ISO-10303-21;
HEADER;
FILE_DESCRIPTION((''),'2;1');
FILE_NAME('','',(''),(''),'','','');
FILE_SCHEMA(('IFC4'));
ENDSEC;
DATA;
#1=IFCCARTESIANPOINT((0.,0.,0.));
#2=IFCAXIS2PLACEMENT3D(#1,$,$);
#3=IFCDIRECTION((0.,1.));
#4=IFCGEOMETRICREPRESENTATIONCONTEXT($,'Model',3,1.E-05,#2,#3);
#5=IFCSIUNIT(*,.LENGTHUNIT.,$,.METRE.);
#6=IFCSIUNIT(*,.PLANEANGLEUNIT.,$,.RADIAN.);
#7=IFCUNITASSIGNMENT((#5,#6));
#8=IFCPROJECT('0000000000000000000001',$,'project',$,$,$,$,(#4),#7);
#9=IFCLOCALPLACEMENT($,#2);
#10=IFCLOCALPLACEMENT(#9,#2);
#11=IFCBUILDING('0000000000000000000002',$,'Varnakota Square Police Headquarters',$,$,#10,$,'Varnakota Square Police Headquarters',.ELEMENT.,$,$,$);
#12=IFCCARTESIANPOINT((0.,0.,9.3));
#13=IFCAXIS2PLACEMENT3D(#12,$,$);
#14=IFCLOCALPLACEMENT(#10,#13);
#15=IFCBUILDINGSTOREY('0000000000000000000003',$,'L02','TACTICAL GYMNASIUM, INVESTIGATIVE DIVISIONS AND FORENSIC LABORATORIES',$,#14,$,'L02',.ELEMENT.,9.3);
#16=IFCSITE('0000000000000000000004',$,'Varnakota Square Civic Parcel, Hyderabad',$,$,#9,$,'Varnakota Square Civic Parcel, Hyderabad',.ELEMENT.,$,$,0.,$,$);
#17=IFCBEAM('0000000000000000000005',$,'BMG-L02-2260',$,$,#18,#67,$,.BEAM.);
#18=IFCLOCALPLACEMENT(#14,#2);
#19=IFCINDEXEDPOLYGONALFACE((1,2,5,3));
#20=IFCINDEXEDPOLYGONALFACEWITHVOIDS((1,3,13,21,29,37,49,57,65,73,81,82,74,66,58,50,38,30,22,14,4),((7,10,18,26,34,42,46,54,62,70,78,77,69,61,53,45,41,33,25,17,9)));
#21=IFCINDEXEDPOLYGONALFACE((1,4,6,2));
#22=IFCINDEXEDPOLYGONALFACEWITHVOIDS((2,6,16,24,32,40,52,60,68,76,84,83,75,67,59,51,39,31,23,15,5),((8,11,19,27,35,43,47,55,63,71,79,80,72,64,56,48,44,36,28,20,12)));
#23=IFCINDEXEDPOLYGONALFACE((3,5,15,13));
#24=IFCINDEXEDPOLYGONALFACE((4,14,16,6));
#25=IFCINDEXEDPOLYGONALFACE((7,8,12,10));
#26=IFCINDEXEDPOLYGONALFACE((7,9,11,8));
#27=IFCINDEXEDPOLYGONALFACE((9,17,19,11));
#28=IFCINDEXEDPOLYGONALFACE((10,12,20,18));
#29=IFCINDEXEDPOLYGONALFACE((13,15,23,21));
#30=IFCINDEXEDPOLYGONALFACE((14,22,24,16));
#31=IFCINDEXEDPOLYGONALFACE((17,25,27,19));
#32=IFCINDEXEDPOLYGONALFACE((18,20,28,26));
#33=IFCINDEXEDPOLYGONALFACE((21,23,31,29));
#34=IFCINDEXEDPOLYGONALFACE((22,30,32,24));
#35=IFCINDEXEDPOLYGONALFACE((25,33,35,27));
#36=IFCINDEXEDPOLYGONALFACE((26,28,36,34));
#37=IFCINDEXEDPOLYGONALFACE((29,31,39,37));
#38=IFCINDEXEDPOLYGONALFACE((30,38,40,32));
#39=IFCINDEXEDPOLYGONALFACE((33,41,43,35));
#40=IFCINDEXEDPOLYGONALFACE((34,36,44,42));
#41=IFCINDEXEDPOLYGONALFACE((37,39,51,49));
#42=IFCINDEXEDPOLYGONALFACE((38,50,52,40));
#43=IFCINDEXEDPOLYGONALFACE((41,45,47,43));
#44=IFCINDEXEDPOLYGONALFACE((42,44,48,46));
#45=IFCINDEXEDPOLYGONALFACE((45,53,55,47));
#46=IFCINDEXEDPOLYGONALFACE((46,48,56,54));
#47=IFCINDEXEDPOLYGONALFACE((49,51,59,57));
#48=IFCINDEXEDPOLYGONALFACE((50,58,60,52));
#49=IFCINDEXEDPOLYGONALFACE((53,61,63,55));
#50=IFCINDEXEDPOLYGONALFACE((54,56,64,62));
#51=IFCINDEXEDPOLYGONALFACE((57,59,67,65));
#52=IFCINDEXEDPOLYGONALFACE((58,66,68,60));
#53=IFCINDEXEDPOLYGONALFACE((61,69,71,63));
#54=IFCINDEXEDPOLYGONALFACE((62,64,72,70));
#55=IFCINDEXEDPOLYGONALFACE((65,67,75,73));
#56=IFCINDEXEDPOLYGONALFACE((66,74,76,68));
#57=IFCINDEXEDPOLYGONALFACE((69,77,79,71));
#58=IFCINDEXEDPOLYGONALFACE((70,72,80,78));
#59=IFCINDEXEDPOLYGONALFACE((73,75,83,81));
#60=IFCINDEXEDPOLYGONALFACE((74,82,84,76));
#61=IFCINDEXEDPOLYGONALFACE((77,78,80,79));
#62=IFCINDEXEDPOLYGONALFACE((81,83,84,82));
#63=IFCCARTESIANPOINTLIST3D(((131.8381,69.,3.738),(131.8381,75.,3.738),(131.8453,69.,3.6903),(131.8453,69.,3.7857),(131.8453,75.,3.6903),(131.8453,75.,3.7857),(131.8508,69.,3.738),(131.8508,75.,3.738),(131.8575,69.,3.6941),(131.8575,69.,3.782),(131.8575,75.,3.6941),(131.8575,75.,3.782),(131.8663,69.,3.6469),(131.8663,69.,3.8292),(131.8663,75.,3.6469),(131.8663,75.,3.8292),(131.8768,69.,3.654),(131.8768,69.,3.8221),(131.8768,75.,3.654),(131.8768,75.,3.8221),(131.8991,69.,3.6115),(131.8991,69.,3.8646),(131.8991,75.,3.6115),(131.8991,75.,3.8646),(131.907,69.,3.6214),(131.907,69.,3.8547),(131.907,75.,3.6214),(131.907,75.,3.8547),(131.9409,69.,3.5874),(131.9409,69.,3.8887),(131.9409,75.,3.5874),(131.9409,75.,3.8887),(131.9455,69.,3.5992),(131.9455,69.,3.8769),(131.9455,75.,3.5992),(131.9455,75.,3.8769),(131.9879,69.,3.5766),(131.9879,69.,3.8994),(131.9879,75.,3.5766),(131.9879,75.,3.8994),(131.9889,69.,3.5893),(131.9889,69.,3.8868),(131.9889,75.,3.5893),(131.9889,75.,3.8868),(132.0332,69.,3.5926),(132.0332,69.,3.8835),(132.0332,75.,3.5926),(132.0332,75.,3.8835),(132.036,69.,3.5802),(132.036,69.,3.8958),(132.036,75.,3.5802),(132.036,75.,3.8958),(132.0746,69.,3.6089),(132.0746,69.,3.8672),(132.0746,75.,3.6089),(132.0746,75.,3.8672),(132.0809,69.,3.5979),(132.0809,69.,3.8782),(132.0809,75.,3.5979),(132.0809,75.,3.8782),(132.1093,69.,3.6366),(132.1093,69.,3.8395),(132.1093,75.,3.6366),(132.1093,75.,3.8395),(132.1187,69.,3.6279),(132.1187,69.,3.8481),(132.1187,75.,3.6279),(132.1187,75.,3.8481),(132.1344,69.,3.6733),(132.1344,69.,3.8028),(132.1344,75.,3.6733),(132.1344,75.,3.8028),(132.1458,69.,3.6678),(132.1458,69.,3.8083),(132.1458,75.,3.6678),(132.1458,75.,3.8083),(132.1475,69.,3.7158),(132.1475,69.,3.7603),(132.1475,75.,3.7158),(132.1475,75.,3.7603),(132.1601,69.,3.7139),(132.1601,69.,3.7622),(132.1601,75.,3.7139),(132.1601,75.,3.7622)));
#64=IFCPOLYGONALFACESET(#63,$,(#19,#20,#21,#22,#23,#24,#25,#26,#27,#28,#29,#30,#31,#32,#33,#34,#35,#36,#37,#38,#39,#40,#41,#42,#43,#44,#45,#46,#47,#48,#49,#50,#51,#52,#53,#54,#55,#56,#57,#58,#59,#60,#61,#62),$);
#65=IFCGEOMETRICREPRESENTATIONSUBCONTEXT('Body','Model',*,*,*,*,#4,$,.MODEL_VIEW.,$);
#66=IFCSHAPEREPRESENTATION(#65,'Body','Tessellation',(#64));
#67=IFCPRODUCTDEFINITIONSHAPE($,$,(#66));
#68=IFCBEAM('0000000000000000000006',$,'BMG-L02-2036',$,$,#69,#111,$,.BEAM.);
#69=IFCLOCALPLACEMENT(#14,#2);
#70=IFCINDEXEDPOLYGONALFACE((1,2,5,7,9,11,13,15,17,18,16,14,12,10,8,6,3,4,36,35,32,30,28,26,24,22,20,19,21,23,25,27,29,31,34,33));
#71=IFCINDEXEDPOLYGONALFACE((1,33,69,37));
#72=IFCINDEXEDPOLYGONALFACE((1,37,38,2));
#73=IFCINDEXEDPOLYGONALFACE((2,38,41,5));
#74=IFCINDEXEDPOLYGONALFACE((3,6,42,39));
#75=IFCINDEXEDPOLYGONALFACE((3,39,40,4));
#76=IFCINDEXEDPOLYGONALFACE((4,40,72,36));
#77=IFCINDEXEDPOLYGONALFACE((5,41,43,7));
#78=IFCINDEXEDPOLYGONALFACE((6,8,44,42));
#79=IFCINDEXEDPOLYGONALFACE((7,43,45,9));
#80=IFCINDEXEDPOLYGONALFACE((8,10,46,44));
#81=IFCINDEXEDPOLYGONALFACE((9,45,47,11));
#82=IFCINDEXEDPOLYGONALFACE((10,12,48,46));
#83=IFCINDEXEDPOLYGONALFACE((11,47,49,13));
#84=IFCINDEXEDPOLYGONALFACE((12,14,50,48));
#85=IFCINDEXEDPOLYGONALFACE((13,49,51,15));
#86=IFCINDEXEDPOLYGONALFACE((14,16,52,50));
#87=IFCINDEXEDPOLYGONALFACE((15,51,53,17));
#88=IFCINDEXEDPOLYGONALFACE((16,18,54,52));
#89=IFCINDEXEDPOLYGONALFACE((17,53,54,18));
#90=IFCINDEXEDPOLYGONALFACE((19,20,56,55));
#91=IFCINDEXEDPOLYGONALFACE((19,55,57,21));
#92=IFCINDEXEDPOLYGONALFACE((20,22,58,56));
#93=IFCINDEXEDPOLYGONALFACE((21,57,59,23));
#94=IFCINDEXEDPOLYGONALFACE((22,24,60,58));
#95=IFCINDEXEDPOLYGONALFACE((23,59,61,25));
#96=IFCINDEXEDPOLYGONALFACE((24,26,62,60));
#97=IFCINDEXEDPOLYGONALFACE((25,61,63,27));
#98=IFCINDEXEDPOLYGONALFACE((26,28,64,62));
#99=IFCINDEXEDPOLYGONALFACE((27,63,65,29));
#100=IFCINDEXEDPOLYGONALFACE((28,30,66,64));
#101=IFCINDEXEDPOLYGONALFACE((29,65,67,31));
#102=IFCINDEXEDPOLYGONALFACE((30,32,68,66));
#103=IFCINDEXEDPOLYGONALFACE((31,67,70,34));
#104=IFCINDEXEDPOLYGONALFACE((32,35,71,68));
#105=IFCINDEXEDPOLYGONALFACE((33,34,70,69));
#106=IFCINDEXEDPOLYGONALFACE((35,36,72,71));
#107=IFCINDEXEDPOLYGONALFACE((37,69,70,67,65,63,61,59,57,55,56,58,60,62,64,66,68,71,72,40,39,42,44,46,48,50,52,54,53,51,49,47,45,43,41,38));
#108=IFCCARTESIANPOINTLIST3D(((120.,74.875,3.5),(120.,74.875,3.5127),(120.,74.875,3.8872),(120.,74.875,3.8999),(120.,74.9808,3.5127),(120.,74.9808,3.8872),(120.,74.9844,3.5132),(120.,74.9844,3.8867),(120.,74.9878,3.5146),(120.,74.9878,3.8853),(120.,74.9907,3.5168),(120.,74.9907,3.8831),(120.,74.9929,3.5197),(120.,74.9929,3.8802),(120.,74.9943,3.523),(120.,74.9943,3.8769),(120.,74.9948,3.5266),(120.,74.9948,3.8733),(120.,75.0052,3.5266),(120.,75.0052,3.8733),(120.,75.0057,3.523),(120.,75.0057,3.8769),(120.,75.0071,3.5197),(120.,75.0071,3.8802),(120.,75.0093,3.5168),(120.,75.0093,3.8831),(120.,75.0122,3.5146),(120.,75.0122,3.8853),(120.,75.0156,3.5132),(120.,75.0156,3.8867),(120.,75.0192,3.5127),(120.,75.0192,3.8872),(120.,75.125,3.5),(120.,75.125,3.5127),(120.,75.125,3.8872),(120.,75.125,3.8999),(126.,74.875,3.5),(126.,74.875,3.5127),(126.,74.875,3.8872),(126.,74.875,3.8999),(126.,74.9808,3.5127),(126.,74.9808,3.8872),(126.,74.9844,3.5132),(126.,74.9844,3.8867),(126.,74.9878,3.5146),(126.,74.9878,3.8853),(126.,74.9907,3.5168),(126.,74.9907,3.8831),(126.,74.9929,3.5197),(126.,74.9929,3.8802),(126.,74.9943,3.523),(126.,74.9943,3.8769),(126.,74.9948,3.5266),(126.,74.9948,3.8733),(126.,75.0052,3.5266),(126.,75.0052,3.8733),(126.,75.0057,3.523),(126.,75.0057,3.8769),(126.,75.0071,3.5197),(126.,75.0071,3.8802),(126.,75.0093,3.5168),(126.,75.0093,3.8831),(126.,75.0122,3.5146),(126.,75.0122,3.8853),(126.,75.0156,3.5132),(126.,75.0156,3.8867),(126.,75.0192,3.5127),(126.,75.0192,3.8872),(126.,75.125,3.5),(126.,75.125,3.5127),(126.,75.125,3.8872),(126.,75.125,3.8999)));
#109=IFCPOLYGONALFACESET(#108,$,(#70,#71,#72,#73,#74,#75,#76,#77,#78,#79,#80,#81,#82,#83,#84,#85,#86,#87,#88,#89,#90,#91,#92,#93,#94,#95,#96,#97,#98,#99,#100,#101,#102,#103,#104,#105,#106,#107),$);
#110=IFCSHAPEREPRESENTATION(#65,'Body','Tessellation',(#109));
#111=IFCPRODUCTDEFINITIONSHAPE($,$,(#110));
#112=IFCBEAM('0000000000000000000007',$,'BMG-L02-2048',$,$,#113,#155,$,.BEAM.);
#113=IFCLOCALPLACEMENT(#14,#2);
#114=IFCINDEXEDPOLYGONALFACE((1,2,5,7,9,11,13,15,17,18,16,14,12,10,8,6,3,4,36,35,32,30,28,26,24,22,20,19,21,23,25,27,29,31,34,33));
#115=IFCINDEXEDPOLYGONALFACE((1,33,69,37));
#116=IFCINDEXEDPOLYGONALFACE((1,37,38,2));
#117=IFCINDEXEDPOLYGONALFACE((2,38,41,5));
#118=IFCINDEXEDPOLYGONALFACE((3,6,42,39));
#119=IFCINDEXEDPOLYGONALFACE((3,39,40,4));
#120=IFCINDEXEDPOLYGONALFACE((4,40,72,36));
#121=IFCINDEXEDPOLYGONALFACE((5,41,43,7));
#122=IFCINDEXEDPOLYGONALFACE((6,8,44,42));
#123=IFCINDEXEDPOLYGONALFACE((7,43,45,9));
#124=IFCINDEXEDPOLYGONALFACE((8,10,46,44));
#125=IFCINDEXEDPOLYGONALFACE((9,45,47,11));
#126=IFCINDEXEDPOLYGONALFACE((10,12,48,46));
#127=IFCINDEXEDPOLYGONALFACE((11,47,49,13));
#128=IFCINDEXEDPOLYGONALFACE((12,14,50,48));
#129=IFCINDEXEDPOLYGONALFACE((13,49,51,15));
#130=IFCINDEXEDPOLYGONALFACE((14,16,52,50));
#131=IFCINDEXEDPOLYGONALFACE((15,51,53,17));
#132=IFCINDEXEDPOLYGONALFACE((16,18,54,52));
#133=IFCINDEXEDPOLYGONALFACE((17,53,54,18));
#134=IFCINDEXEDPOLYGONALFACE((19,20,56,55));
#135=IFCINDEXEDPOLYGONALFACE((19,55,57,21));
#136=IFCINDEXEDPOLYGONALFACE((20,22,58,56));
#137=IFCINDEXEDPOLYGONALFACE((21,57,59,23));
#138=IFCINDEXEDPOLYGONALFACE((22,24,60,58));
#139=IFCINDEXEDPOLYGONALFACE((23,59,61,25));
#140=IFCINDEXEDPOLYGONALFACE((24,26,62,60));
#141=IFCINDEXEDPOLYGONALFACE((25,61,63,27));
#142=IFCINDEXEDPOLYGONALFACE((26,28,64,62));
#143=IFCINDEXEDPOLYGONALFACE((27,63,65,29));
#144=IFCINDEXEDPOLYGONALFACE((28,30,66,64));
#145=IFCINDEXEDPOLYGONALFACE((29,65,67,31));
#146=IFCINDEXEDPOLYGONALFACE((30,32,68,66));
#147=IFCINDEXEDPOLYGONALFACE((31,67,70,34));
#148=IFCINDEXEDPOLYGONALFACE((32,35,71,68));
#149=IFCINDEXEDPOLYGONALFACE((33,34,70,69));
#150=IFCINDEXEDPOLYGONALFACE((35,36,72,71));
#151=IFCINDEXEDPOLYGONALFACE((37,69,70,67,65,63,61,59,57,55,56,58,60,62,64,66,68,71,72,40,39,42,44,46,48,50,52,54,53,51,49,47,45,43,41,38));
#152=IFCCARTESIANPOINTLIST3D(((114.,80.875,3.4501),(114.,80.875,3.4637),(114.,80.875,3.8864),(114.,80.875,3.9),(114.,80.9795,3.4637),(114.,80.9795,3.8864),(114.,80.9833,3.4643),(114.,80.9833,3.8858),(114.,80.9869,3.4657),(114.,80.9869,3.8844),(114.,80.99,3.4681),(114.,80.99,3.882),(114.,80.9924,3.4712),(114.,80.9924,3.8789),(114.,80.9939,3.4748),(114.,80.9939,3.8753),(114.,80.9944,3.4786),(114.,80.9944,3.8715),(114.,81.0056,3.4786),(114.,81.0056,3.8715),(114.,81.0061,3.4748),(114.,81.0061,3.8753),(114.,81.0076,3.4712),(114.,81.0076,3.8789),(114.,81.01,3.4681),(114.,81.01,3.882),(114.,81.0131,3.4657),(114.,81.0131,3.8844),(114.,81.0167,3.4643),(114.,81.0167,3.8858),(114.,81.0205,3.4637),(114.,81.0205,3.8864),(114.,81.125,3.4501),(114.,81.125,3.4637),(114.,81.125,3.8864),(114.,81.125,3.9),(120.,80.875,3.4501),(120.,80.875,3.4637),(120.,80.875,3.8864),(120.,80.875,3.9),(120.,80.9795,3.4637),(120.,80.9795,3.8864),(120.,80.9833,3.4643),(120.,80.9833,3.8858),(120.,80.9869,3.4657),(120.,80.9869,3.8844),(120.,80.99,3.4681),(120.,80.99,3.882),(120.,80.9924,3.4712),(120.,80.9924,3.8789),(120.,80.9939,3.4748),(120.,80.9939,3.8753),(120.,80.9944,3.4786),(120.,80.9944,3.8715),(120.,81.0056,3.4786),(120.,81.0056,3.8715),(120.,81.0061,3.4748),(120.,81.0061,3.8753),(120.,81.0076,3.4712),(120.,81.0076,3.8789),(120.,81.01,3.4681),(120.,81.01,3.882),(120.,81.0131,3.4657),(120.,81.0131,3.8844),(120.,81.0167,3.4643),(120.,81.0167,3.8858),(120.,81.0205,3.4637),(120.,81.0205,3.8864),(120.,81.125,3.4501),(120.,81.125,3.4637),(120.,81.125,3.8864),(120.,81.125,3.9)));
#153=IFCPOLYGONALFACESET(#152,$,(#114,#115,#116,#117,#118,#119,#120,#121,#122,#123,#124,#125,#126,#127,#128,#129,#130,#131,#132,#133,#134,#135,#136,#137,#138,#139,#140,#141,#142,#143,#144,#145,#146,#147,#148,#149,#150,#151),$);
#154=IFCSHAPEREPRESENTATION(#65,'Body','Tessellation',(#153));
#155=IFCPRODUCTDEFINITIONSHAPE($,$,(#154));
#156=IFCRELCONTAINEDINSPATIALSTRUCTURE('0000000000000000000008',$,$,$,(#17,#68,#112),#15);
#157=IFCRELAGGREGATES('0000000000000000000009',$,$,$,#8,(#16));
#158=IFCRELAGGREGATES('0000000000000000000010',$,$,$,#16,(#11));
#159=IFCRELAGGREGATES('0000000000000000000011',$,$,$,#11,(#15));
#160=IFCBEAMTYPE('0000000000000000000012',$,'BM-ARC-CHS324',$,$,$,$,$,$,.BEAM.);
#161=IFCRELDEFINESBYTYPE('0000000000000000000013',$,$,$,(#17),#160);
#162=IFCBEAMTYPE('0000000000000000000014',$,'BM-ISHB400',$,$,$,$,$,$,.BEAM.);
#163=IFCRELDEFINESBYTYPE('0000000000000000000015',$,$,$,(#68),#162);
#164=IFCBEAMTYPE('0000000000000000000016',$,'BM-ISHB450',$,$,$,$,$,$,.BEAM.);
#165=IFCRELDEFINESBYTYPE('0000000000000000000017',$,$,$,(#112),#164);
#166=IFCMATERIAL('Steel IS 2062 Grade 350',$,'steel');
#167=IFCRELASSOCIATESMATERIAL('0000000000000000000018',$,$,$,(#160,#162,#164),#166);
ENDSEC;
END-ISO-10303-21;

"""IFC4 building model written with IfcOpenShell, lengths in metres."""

from ifc_helpers import new_model, si_unit, direction, frame, origin, origin_2d, place, context, subcontext, project, spatial, hollow_circle, i_section, extrude, material, material_profile, profile_set, type_object, element, save


model = new_model("IFC4")

# Units and contexts
model_context = context("Model", 3, precision=1e-05, world=origin(), true_north=direction((0.0, 1.0)))
body_context = subcontext(model_context, "Body", "Model", "MODEL_VIEW")
ifc_project = project(units=[si_unit("LENGTHUNIT", "METRE"), si_unit("PLANEANGLEUNIT", "RADIAN")], contexts=[model_context])

# Site, building, storey
site_placement = place(None, origin())
site = spatial("IfcSite", under=ifc_project, at=site_placement, Name="Varnakota Square Civic Parcel, Hyderabad", LongName="Varnakota Square Civic Parcel, Hyderabad", CompositionType="ELEMENT", RefElevation=0.0)
building_placement = place(site_placement, origin())
building = spatial("IfcBuilding", under=site, at=building_placement, Name="Varnakota Square Police Headquarters", LongName="Varnakota Square Police Headquarters", CompositionType="ELEMENT")
storey_placement = place(building_placement, frame((0.0, 0.0, 9.3)))
storey = spatial("IfcBuildingStorey", under=building, at=storey_placement, Name="L02", Description="TACTICAL GYMNASIUM, INVESTIGATIVE DIVISIONS AND FORENSIC LABORATORIES", LongName="L02", CompositionType="ELEMENT", Elevation=9.3)

# Shared definitions
ifc_material_1 = material(Name="Steel IS 2062 Grade 350", Category="steel")

# Beams
ifc_material_profile_1 = material_profile(ifc_material_1, hollow_circle(Radius=0.1619, WallThickness=0.0127, at=origin_2d()), Name="CHS 323.9x12.7")
ifc_profile_set_1 = profile_set([ifc_material_profile_1], Name="Steel IS 2062 Grade 350")
beam_type_1 = type_object("IfcBeamType", Name="BM-ARC-CHS324", PredefinedType="BEAM", material=ifc_profile_set_1)
beam_1_placement = place(storey_placement, frame((132.0, 69.0, 3.738), z_axis=(0.0, 1.0, 0.0), x_axis=(-1.0, 0.0, 0.0)))
element("IfcBeam", 1, at=beam_1_placement, inside=storey, type_object=beam_type_1, Name="BMG-L02-2260", PredefinedType="BEAM", context=body_context, shape_type="SweptSolid", body=[
    extrude(hollow_circle(Radius=0.1619, WallThickness=0.0127, at=origin_2d()), origin(), (0.0, 0.0, 1.0), 6.0),
])
ifc_material_profile_2 = material_profile(ifc_material_1, i_section(OverallWidth=0.25, OverallDepth=0.3999, WebThickness=0.0105, FlangeThickness=0.0127, FilletRadius=0.0139, at=origin_2d()), Name="ISHB 400")
ifc_profile_set_2 = profile_set([ifc_material_profile_2], Name="Steel IS 2062 Grade 350")
beam_type_2 = type_object("IfcBeamType", Name="BM-ISHB400", PredefinedType="BEAM", material=ifc_profile_set_2)
beam_2_placement = place(storey_placement, frame((120.0, 75.0, 3.7), z_axis=(1.0, 0.0, 0.0), x_axis=(0.0, 1.0, 0.0)))
element("IfcBeam", 2, at=beam_2_placement, inside=storey, type_object=beam_type_2, Name="BMG-L02-2036", PredefinedType="BEAM", context=body_context, shape_type="SweptSolid", body=[
    extrude(i_section(OverallWidth=0.25, OverallDepth=0.3999, WebThickness=0.0105, FlangeThickness=0.0127, FilletRadius=0.0139, at=origin_2d()), origin(), (0.0, 0.0, 1.0), 6.0),
])
ifc_material_profile_3 = material_profile(ifc_material_1, i_section(OverallWidth=0.25, OverallDepth=0.45, WebThickness=0.0112, FlangeThickness=0.0137, FilletRadius=0.0149, at=origin_2d()), Name="ISHB 450")
ifc_profile_set_3 = profile_set([ifc_material_profile_3], Name="Steel IS 2062 Grade 350")
beam_type_3 = type_object("IfcBeamType", Name="BM-ISHB450", PredefinedType="BEAM", material=ifc_profile_set_3)
beam_3_placement = place(storey_placement, frame((114.0, 81.0, 3.675), z_axis=(1.0, 0.0, 0.0), x_axis=(0.0, 1.0, 0.0)))
element("IfcBeam", 3, at=beam_3_placement, inside=storey, type_object=beam_type_3, Name="BMG-L02-2048", PredefinedType="BEAM", context=body_context, shape_type="SweptSolid", body=[
    extrude(i_section(OverallWidth=0.25, OverallDepth=0.45, WebThickness=0.0112, FlangeThickness=0.0137, FilletRadius=0.0149, at=origin_2d()), origin(), (0.0, 0.0, 1.0), 6.0),
])

save(model, "model.ifc")
